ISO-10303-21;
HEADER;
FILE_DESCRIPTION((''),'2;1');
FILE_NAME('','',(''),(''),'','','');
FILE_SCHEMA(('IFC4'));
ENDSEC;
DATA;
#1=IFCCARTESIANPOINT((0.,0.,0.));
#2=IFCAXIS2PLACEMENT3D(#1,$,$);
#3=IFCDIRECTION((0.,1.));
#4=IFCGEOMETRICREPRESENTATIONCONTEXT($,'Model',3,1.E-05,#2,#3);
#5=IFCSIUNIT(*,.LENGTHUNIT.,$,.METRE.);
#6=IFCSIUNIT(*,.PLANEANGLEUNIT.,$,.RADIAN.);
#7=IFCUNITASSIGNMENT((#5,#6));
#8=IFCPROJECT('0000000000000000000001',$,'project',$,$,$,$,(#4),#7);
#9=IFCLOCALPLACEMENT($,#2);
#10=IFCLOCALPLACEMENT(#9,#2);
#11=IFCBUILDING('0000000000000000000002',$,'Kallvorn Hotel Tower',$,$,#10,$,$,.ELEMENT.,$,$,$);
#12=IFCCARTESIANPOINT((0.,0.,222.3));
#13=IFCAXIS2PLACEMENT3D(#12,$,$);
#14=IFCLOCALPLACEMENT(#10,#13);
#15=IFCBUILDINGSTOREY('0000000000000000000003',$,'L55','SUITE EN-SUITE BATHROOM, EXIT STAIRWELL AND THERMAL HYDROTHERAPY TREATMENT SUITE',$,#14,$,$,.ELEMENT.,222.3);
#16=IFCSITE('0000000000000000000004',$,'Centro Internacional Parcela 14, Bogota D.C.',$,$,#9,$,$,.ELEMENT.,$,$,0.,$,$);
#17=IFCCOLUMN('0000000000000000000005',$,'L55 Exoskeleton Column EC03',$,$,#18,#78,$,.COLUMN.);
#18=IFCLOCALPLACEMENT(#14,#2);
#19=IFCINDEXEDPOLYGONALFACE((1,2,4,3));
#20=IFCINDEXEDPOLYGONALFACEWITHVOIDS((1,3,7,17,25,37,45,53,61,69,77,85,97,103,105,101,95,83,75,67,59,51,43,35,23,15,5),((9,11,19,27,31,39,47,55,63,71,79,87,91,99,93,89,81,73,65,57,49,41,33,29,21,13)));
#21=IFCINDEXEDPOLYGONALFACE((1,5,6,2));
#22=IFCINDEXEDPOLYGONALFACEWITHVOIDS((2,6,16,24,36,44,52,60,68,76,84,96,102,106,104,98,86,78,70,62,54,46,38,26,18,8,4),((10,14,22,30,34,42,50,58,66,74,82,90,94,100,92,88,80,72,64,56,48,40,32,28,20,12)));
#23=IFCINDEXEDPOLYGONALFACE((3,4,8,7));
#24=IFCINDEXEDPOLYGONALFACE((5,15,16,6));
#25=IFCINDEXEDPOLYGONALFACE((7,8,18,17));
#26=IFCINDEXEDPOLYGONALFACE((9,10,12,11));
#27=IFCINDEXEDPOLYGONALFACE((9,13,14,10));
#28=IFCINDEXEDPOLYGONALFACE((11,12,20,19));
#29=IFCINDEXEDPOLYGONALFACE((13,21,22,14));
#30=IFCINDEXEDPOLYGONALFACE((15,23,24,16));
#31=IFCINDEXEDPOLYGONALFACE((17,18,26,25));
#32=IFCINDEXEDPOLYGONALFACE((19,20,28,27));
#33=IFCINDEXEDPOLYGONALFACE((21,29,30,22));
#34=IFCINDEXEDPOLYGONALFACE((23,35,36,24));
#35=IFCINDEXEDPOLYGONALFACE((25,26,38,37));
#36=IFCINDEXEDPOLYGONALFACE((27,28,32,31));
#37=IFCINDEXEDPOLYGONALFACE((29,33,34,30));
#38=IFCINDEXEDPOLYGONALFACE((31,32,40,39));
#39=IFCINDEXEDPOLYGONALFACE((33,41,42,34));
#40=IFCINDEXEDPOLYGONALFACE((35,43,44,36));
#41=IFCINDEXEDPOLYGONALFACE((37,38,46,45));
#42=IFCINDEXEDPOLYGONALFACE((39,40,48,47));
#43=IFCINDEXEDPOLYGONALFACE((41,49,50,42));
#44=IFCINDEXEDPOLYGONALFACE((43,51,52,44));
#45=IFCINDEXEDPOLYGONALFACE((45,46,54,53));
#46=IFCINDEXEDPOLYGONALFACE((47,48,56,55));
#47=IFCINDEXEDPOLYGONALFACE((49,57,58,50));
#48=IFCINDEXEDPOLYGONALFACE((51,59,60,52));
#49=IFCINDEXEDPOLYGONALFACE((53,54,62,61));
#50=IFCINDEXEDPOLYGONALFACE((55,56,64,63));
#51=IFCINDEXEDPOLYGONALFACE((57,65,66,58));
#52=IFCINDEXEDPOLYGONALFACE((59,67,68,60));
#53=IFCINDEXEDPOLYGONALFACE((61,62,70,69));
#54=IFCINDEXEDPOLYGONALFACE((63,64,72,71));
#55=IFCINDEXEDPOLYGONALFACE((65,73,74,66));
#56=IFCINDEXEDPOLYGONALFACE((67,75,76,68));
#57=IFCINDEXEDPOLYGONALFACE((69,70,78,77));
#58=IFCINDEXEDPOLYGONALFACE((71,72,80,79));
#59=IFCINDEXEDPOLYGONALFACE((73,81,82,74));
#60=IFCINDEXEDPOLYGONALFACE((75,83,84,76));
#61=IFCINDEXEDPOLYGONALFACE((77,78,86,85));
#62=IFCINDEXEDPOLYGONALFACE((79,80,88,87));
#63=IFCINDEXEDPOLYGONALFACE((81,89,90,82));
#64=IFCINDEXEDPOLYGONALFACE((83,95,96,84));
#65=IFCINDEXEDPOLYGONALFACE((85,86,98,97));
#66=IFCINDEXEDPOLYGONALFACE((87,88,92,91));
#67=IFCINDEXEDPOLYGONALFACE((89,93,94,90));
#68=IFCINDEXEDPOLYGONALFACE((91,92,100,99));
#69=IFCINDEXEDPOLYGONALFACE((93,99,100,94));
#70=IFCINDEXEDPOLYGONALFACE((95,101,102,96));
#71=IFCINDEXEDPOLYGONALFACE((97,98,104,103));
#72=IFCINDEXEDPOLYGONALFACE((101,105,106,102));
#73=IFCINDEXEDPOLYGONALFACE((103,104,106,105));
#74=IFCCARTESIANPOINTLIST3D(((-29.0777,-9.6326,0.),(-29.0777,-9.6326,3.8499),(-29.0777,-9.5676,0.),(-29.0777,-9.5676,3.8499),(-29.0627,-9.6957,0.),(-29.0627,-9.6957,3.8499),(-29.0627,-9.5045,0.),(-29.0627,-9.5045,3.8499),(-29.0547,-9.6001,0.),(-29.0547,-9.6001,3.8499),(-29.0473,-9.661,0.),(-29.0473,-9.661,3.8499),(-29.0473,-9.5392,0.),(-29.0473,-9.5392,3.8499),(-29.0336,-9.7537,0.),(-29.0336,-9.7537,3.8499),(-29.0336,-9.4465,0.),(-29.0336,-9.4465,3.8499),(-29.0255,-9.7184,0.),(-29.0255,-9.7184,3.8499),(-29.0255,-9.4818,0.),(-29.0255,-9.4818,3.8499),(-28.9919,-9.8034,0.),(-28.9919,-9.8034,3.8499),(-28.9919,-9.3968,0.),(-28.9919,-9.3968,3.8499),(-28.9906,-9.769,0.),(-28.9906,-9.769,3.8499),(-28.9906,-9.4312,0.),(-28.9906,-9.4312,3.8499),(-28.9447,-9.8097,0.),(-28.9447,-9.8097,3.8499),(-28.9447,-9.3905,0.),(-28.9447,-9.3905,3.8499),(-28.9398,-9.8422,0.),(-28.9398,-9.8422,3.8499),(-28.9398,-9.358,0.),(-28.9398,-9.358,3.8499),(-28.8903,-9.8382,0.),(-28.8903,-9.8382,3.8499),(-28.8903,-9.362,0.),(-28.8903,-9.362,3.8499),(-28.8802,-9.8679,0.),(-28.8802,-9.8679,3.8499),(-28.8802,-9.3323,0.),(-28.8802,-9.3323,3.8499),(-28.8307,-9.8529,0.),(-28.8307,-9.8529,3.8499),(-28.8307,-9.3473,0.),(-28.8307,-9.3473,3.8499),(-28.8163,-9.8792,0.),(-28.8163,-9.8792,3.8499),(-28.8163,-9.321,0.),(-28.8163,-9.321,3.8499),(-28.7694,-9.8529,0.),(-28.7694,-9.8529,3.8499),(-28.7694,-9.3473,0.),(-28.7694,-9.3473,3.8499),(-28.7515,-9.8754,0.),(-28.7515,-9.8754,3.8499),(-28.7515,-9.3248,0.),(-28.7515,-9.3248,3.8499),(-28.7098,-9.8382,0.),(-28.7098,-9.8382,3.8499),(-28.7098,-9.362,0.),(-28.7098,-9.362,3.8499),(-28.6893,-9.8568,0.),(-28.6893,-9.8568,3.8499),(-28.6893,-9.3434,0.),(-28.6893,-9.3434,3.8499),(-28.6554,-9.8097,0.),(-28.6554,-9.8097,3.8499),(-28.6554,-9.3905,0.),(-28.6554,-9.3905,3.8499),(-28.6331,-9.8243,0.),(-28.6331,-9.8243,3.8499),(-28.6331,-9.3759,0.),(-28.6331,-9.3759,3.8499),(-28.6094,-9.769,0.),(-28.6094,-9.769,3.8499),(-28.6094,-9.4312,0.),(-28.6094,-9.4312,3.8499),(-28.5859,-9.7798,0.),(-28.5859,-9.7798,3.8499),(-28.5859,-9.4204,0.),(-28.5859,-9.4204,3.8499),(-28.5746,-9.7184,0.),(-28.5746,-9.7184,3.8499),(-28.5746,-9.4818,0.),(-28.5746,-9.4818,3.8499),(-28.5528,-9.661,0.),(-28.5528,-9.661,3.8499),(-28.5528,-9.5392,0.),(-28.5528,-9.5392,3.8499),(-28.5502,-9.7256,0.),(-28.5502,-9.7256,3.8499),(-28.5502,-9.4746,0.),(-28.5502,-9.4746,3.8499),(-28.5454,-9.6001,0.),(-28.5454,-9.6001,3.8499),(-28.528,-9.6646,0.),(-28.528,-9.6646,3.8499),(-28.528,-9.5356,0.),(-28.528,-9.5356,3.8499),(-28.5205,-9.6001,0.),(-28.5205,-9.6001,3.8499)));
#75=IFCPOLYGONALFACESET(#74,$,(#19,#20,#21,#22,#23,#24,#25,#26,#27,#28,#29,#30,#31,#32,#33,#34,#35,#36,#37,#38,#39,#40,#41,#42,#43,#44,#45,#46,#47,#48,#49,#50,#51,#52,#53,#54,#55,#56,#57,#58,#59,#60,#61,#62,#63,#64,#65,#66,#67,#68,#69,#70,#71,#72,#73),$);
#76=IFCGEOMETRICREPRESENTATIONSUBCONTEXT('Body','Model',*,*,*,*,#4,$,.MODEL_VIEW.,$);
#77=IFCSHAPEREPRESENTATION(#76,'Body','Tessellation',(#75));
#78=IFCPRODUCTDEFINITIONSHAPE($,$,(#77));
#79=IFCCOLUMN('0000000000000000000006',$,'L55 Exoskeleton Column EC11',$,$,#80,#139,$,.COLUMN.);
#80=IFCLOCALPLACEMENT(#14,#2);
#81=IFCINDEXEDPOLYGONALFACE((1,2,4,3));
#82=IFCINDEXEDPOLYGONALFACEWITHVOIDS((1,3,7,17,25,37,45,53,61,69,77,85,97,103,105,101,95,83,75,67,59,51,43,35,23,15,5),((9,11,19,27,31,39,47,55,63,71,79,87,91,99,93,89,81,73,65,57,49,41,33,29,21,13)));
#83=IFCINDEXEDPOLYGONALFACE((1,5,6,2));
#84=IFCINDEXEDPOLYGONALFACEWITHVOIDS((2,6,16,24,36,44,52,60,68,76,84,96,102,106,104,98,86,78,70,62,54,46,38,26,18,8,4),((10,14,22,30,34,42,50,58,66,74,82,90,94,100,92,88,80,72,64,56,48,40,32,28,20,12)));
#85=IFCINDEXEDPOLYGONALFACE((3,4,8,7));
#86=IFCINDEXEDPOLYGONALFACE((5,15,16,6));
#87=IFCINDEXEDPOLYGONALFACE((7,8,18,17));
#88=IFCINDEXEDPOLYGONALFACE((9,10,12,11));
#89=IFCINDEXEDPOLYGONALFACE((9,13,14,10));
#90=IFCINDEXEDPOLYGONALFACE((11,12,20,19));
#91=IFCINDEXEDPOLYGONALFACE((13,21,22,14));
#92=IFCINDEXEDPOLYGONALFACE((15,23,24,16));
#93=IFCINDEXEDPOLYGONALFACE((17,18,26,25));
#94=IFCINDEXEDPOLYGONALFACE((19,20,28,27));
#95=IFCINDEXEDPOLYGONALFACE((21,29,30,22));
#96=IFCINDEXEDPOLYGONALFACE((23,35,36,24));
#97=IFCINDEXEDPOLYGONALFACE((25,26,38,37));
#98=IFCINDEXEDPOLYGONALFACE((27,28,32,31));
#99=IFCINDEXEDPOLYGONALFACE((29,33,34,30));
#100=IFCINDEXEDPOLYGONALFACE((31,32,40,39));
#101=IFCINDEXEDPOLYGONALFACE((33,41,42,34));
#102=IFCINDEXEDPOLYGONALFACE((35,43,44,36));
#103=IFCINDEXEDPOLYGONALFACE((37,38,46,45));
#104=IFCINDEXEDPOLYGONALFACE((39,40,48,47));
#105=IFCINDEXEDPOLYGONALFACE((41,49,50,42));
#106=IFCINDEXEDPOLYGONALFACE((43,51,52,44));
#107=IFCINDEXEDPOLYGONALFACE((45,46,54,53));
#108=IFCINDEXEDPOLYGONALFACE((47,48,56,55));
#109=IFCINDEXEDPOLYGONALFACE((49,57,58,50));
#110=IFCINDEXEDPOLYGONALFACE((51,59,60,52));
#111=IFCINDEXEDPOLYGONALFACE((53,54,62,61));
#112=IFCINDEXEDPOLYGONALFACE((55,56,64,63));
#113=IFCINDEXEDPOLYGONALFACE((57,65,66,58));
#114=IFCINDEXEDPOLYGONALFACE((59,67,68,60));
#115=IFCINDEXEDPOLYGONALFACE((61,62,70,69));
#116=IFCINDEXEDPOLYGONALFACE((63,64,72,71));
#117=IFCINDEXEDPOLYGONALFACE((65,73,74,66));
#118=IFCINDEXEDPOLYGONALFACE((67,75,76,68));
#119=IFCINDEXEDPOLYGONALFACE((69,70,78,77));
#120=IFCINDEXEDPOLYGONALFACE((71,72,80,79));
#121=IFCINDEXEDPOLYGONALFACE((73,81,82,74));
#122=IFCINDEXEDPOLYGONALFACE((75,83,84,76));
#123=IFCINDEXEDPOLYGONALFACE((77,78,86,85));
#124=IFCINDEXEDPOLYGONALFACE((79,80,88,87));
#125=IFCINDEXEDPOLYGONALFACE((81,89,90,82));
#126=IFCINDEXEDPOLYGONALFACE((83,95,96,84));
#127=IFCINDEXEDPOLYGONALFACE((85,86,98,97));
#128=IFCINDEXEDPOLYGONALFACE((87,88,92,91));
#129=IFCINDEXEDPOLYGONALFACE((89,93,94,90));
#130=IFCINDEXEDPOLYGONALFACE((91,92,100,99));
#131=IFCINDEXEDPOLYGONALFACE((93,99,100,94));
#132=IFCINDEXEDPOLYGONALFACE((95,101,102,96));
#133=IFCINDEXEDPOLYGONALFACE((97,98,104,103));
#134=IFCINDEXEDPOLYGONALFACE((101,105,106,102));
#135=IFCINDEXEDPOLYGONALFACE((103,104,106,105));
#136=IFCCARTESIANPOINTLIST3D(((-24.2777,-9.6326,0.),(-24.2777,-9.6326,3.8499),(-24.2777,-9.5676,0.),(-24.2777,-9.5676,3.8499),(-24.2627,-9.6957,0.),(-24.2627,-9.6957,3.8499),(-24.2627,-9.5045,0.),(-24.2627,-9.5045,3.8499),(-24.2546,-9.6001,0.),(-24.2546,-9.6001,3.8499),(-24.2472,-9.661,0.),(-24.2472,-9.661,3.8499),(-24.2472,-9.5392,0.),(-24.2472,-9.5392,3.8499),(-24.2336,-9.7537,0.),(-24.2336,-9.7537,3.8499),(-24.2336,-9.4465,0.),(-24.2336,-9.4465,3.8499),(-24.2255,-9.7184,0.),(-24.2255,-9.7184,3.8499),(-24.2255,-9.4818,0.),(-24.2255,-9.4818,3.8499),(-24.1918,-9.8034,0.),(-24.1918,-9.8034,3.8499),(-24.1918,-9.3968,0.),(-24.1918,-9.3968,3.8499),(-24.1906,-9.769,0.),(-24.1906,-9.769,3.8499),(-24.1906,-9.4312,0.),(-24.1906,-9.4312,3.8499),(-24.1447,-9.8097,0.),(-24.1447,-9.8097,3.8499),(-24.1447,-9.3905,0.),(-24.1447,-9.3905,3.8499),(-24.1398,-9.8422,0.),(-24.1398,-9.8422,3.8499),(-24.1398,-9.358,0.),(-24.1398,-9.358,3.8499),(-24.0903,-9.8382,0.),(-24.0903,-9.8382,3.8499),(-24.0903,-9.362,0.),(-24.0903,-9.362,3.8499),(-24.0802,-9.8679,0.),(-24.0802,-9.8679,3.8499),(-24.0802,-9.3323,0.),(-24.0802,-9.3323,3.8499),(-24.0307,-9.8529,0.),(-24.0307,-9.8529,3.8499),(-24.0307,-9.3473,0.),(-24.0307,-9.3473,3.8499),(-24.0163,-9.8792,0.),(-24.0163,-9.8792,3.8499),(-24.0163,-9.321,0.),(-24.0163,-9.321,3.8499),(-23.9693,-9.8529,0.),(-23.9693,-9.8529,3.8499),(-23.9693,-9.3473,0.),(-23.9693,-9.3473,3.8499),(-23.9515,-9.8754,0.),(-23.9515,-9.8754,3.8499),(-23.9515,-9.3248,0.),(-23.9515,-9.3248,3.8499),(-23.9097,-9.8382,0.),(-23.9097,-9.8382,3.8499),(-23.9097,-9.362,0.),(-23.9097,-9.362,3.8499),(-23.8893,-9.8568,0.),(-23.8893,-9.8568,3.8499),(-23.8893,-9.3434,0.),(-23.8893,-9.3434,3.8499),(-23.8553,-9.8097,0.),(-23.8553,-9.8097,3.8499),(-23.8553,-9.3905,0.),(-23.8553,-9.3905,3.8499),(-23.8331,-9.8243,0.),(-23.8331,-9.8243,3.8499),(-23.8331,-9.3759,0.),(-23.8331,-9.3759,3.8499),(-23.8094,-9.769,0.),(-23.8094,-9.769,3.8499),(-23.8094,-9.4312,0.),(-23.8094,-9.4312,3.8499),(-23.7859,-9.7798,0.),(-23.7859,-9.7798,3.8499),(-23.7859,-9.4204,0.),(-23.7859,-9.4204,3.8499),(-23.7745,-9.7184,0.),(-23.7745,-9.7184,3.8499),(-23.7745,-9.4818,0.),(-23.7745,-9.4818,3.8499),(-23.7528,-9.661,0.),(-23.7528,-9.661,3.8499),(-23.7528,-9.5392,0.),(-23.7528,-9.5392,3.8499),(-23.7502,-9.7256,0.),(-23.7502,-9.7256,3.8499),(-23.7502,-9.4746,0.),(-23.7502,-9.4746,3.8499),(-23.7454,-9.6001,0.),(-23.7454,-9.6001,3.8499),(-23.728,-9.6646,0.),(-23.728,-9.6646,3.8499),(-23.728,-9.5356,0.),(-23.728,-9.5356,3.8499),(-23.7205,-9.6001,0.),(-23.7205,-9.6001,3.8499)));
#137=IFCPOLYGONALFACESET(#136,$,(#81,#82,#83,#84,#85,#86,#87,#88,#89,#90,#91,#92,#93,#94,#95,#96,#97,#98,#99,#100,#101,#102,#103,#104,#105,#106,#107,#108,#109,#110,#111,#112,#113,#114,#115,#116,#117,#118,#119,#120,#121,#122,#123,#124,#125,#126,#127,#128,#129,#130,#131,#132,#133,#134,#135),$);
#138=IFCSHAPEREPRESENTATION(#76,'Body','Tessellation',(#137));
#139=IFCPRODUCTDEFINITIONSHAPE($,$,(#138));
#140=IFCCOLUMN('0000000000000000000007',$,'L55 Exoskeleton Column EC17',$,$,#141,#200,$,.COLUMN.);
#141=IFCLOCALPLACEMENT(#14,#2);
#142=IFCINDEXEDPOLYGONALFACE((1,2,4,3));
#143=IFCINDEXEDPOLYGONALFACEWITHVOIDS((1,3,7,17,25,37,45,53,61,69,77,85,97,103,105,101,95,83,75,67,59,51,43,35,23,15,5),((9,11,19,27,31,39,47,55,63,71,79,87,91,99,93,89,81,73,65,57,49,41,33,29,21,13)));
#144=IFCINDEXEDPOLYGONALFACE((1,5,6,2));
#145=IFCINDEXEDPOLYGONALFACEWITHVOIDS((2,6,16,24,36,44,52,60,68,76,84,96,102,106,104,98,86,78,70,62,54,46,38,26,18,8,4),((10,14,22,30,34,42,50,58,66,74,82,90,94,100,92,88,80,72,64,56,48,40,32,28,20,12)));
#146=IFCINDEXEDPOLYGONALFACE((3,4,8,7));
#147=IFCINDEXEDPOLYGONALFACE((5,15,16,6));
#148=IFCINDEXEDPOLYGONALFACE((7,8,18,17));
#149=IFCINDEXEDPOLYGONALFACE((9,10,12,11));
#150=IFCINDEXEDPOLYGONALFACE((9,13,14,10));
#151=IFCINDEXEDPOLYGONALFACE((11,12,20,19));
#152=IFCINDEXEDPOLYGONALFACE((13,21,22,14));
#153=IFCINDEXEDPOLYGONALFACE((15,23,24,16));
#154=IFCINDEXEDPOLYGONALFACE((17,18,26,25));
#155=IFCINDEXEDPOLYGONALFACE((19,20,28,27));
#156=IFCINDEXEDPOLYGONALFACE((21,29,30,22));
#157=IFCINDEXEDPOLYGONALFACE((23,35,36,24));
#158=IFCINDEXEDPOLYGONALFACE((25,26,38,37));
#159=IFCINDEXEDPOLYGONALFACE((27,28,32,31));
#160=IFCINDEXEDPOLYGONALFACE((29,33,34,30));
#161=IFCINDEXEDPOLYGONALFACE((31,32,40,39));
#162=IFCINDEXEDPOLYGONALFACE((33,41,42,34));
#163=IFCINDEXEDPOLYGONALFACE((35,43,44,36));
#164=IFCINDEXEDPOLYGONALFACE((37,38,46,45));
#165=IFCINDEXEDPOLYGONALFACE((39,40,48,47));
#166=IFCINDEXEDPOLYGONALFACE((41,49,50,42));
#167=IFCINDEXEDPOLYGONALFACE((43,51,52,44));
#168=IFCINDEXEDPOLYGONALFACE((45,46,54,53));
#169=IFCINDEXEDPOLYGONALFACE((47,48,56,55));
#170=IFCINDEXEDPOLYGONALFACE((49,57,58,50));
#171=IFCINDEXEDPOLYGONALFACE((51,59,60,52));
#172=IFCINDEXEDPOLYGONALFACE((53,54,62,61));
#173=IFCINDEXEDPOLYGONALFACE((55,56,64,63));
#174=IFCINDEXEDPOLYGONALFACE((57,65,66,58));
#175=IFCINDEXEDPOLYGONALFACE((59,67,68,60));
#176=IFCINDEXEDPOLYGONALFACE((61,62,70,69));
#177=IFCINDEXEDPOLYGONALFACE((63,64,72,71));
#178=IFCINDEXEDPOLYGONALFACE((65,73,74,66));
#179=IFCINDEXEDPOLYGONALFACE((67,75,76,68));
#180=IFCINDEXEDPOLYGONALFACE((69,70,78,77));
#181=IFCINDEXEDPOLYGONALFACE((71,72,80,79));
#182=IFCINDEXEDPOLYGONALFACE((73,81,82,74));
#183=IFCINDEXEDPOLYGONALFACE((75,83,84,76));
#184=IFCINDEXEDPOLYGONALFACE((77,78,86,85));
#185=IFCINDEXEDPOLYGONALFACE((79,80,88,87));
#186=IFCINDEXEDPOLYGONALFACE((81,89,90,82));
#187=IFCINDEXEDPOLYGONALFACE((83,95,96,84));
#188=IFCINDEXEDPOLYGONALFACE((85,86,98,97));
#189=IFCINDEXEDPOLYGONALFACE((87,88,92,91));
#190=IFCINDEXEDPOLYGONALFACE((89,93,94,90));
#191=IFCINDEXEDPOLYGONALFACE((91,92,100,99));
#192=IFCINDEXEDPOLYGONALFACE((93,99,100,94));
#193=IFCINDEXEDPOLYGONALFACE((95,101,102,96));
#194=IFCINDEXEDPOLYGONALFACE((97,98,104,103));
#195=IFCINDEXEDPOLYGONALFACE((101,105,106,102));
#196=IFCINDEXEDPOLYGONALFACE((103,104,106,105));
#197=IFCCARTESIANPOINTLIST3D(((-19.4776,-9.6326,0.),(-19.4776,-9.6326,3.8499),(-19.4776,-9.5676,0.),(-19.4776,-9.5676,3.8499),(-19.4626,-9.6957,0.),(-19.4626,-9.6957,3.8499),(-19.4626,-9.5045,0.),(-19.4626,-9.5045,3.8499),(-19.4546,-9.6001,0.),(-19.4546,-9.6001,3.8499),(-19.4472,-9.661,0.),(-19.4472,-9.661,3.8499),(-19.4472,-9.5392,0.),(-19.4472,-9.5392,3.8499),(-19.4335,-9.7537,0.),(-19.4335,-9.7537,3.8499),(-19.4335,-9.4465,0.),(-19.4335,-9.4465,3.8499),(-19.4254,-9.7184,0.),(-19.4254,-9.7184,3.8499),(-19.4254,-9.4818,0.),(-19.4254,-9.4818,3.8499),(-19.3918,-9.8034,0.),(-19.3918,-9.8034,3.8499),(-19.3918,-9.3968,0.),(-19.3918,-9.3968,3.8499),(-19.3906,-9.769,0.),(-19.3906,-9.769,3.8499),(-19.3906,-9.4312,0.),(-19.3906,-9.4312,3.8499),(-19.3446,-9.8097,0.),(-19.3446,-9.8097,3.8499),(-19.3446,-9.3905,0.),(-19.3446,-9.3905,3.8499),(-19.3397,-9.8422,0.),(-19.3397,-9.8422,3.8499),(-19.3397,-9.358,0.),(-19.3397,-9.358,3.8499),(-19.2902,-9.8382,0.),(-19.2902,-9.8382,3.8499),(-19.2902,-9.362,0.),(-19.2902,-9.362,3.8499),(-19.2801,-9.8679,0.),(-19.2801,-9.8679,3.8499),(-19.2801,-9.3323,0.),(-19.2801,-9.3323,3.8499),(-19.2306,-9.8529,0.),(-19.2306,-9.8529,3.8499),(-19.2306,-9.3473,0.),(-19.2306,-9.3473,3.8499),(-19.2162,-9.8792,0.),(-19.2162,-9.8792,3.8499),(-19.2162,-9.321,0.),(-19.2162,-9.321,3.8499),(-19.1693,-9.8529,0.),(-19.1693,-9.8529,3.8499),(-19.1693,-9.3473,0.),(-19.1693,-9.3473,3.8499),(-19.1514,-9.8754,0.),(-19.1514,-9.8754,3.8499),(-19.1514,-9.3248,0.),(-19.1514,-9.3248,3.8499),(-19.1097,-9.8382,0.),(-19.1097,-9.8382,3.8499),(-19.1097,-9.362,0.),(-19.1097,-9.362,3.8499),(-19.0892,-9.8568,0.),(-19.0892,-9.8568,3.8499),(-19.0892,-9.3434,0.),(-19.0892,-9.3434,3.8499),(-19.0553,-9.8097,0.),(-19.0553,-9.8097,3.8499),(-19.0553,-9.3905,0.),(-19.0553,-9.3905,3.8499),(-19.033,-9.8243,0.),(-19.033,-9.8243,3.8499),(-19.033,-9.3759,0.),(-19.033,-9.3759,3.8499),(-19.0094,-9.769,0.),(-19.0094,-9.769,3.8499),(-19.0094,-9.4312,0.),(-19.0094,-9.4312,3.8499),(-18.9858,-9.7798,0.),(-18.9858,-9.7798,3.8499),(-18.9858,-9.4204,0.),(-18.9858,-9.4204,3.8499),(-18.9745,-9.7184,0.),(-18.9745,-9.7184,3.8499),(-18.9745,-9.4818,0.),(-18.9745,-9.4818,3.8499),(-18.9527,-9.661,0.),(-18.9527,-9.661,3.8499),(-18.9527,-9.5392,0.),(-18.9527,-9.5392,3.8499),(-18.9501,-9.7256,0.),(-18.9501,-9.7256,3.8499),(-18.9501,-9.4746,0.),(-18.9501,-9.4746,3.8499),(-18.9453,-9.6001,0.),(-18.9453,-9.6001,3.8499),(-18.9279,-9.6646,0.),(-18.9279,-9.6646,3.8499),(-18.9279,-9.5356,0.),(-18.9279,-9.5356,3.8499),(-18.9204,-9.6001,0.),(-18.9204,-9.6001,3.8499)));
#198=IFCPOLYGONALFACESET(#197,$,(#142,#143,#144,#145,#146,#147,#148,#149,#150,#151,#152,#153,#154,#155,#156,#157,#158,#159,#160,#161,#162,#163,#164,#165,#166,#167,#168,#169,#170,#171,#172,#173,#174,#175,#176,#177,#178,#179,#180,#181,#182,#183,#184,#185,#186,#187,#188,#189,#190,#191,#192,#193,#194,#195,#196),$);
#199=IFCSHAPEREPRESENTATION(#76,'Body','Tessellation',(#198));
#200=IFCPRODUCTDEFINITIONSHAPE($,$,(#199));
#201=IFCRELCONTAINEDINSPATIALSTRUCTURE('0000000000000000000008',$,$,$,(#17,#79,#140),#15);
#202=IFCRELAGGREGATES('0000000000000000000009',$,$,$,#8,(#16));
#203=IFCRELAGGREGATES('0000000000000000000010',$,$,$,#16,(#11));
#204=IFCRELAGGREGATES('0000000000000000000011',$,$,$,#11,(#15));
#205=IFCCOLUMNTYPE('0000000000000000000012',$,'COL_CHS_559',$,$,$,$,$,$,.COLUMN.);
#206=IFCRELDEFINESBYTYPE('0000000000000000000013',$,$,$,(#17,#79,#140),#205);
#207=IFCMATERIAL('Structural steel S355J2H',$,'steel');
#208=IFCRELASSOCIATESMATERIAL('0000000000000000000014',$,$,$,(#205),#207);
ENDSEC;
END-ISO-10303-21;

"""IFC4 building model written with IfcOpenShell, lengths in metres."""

from ifc_helpers import new_model, si_unit, direction, frame, origin, origin_2d, place, context, subcontext, project, spatial, hollow_circle, extrude, material, material_profile, profile_set, type_object, element, save


model = new_model("IFC4")

# Units and contexts
model_context = context("Model", 3, precision=1e-05, world=origin(), true_north=direction((0.0, 1.0)))
body_context = subcontext(model_context, "Body", "Model", "MODEL_VIEW")
ifc_project = project(units=[si_unit("LENGTHUNIT", "METRE"), si_unit("PLANEANGLEUNIT", "RADIAN")], contexts=[model_context])

# Site, building, storey
site_placement = place(None, origin())
site = spatial("IfcSite", under=ifc_project, at=site_placement, Name="Centro Internacional Parcela 14, Bogota D.C.", CompositionType="ELEMENT", RefElevation=0.0)
building_placement = place(site_placement, origin())
building = spatial("IfcBuilding", under=site, at=building_placement, Name="Kallvorn Hotel Tower", CompositionType="ELEMENT")
storey_placement = place(building_placement, frame((0.0, 0.0, 222.3)))
storey = spatial("IfcBuildingStorey", under=building, at=storey_placement, Name="L55", Description="SUITE EN-SUITE BATHROOM, EXIT STAIRWELL AND THERMAL HYDROTHERAPY TREATMENT SUITE", CompositionType="ELEMENT", Elevation=222.3)

# Columns
ifc_material_1 = material(Name="Structural steel S355J2H", Category="steel")
ifc_material_profile_1 = material_profile(ifc_material_1, hollow_circle(Radius=0.2795, WallThickness=0.0249, at=origin_2d()), Name="CHS 559x25")
ifc_profile_set_1 = profile_set([ifc_material_profile_1], Name="Structural steel S355J2H")
column_type = type_object("IfcColumnType", Name="COL_CHS_559", PredefinedType="COLUMN", material=ifc_profile_set_1)
for number, where, z_axis, x_axis, name in (
    (1, (-28.8, -9.6001, 0.0), (0.0, 0.0, 1.0), (1.0, 0.0, 0.0), "L55 Exoskeleton Column EC03"),
    (2, (-24.0, -9.6001, 0.0), (0.0, 0.0, 1.0), (1.0, 0.0, 0.0), "L55 Exoskeleton Column EC11"),
    (3, (-19.2, -9.6001, 0.0), (0.0, 0.0, 1.0), (1.0, 0.0, 0.0), "L55 Exoskeleton Column EC17"),
):
    element("IfcColumn", number, at=place(storey_placement, frame(where, z_axis=z_axis, x_axis=x_axis)), inside=storey, type_object=column_type, Name=name, PredefinedType="COLUMN", context=body_context, shape_type="SweptSolid", body=[
        extrude(hollow_circle(Radius=0.2795, WallThickness=0.0249, at=origin_2d()), origin(), (0.0, 0.0, 1.0), 3.8499),
    ])

save(model, "model.ifc")
